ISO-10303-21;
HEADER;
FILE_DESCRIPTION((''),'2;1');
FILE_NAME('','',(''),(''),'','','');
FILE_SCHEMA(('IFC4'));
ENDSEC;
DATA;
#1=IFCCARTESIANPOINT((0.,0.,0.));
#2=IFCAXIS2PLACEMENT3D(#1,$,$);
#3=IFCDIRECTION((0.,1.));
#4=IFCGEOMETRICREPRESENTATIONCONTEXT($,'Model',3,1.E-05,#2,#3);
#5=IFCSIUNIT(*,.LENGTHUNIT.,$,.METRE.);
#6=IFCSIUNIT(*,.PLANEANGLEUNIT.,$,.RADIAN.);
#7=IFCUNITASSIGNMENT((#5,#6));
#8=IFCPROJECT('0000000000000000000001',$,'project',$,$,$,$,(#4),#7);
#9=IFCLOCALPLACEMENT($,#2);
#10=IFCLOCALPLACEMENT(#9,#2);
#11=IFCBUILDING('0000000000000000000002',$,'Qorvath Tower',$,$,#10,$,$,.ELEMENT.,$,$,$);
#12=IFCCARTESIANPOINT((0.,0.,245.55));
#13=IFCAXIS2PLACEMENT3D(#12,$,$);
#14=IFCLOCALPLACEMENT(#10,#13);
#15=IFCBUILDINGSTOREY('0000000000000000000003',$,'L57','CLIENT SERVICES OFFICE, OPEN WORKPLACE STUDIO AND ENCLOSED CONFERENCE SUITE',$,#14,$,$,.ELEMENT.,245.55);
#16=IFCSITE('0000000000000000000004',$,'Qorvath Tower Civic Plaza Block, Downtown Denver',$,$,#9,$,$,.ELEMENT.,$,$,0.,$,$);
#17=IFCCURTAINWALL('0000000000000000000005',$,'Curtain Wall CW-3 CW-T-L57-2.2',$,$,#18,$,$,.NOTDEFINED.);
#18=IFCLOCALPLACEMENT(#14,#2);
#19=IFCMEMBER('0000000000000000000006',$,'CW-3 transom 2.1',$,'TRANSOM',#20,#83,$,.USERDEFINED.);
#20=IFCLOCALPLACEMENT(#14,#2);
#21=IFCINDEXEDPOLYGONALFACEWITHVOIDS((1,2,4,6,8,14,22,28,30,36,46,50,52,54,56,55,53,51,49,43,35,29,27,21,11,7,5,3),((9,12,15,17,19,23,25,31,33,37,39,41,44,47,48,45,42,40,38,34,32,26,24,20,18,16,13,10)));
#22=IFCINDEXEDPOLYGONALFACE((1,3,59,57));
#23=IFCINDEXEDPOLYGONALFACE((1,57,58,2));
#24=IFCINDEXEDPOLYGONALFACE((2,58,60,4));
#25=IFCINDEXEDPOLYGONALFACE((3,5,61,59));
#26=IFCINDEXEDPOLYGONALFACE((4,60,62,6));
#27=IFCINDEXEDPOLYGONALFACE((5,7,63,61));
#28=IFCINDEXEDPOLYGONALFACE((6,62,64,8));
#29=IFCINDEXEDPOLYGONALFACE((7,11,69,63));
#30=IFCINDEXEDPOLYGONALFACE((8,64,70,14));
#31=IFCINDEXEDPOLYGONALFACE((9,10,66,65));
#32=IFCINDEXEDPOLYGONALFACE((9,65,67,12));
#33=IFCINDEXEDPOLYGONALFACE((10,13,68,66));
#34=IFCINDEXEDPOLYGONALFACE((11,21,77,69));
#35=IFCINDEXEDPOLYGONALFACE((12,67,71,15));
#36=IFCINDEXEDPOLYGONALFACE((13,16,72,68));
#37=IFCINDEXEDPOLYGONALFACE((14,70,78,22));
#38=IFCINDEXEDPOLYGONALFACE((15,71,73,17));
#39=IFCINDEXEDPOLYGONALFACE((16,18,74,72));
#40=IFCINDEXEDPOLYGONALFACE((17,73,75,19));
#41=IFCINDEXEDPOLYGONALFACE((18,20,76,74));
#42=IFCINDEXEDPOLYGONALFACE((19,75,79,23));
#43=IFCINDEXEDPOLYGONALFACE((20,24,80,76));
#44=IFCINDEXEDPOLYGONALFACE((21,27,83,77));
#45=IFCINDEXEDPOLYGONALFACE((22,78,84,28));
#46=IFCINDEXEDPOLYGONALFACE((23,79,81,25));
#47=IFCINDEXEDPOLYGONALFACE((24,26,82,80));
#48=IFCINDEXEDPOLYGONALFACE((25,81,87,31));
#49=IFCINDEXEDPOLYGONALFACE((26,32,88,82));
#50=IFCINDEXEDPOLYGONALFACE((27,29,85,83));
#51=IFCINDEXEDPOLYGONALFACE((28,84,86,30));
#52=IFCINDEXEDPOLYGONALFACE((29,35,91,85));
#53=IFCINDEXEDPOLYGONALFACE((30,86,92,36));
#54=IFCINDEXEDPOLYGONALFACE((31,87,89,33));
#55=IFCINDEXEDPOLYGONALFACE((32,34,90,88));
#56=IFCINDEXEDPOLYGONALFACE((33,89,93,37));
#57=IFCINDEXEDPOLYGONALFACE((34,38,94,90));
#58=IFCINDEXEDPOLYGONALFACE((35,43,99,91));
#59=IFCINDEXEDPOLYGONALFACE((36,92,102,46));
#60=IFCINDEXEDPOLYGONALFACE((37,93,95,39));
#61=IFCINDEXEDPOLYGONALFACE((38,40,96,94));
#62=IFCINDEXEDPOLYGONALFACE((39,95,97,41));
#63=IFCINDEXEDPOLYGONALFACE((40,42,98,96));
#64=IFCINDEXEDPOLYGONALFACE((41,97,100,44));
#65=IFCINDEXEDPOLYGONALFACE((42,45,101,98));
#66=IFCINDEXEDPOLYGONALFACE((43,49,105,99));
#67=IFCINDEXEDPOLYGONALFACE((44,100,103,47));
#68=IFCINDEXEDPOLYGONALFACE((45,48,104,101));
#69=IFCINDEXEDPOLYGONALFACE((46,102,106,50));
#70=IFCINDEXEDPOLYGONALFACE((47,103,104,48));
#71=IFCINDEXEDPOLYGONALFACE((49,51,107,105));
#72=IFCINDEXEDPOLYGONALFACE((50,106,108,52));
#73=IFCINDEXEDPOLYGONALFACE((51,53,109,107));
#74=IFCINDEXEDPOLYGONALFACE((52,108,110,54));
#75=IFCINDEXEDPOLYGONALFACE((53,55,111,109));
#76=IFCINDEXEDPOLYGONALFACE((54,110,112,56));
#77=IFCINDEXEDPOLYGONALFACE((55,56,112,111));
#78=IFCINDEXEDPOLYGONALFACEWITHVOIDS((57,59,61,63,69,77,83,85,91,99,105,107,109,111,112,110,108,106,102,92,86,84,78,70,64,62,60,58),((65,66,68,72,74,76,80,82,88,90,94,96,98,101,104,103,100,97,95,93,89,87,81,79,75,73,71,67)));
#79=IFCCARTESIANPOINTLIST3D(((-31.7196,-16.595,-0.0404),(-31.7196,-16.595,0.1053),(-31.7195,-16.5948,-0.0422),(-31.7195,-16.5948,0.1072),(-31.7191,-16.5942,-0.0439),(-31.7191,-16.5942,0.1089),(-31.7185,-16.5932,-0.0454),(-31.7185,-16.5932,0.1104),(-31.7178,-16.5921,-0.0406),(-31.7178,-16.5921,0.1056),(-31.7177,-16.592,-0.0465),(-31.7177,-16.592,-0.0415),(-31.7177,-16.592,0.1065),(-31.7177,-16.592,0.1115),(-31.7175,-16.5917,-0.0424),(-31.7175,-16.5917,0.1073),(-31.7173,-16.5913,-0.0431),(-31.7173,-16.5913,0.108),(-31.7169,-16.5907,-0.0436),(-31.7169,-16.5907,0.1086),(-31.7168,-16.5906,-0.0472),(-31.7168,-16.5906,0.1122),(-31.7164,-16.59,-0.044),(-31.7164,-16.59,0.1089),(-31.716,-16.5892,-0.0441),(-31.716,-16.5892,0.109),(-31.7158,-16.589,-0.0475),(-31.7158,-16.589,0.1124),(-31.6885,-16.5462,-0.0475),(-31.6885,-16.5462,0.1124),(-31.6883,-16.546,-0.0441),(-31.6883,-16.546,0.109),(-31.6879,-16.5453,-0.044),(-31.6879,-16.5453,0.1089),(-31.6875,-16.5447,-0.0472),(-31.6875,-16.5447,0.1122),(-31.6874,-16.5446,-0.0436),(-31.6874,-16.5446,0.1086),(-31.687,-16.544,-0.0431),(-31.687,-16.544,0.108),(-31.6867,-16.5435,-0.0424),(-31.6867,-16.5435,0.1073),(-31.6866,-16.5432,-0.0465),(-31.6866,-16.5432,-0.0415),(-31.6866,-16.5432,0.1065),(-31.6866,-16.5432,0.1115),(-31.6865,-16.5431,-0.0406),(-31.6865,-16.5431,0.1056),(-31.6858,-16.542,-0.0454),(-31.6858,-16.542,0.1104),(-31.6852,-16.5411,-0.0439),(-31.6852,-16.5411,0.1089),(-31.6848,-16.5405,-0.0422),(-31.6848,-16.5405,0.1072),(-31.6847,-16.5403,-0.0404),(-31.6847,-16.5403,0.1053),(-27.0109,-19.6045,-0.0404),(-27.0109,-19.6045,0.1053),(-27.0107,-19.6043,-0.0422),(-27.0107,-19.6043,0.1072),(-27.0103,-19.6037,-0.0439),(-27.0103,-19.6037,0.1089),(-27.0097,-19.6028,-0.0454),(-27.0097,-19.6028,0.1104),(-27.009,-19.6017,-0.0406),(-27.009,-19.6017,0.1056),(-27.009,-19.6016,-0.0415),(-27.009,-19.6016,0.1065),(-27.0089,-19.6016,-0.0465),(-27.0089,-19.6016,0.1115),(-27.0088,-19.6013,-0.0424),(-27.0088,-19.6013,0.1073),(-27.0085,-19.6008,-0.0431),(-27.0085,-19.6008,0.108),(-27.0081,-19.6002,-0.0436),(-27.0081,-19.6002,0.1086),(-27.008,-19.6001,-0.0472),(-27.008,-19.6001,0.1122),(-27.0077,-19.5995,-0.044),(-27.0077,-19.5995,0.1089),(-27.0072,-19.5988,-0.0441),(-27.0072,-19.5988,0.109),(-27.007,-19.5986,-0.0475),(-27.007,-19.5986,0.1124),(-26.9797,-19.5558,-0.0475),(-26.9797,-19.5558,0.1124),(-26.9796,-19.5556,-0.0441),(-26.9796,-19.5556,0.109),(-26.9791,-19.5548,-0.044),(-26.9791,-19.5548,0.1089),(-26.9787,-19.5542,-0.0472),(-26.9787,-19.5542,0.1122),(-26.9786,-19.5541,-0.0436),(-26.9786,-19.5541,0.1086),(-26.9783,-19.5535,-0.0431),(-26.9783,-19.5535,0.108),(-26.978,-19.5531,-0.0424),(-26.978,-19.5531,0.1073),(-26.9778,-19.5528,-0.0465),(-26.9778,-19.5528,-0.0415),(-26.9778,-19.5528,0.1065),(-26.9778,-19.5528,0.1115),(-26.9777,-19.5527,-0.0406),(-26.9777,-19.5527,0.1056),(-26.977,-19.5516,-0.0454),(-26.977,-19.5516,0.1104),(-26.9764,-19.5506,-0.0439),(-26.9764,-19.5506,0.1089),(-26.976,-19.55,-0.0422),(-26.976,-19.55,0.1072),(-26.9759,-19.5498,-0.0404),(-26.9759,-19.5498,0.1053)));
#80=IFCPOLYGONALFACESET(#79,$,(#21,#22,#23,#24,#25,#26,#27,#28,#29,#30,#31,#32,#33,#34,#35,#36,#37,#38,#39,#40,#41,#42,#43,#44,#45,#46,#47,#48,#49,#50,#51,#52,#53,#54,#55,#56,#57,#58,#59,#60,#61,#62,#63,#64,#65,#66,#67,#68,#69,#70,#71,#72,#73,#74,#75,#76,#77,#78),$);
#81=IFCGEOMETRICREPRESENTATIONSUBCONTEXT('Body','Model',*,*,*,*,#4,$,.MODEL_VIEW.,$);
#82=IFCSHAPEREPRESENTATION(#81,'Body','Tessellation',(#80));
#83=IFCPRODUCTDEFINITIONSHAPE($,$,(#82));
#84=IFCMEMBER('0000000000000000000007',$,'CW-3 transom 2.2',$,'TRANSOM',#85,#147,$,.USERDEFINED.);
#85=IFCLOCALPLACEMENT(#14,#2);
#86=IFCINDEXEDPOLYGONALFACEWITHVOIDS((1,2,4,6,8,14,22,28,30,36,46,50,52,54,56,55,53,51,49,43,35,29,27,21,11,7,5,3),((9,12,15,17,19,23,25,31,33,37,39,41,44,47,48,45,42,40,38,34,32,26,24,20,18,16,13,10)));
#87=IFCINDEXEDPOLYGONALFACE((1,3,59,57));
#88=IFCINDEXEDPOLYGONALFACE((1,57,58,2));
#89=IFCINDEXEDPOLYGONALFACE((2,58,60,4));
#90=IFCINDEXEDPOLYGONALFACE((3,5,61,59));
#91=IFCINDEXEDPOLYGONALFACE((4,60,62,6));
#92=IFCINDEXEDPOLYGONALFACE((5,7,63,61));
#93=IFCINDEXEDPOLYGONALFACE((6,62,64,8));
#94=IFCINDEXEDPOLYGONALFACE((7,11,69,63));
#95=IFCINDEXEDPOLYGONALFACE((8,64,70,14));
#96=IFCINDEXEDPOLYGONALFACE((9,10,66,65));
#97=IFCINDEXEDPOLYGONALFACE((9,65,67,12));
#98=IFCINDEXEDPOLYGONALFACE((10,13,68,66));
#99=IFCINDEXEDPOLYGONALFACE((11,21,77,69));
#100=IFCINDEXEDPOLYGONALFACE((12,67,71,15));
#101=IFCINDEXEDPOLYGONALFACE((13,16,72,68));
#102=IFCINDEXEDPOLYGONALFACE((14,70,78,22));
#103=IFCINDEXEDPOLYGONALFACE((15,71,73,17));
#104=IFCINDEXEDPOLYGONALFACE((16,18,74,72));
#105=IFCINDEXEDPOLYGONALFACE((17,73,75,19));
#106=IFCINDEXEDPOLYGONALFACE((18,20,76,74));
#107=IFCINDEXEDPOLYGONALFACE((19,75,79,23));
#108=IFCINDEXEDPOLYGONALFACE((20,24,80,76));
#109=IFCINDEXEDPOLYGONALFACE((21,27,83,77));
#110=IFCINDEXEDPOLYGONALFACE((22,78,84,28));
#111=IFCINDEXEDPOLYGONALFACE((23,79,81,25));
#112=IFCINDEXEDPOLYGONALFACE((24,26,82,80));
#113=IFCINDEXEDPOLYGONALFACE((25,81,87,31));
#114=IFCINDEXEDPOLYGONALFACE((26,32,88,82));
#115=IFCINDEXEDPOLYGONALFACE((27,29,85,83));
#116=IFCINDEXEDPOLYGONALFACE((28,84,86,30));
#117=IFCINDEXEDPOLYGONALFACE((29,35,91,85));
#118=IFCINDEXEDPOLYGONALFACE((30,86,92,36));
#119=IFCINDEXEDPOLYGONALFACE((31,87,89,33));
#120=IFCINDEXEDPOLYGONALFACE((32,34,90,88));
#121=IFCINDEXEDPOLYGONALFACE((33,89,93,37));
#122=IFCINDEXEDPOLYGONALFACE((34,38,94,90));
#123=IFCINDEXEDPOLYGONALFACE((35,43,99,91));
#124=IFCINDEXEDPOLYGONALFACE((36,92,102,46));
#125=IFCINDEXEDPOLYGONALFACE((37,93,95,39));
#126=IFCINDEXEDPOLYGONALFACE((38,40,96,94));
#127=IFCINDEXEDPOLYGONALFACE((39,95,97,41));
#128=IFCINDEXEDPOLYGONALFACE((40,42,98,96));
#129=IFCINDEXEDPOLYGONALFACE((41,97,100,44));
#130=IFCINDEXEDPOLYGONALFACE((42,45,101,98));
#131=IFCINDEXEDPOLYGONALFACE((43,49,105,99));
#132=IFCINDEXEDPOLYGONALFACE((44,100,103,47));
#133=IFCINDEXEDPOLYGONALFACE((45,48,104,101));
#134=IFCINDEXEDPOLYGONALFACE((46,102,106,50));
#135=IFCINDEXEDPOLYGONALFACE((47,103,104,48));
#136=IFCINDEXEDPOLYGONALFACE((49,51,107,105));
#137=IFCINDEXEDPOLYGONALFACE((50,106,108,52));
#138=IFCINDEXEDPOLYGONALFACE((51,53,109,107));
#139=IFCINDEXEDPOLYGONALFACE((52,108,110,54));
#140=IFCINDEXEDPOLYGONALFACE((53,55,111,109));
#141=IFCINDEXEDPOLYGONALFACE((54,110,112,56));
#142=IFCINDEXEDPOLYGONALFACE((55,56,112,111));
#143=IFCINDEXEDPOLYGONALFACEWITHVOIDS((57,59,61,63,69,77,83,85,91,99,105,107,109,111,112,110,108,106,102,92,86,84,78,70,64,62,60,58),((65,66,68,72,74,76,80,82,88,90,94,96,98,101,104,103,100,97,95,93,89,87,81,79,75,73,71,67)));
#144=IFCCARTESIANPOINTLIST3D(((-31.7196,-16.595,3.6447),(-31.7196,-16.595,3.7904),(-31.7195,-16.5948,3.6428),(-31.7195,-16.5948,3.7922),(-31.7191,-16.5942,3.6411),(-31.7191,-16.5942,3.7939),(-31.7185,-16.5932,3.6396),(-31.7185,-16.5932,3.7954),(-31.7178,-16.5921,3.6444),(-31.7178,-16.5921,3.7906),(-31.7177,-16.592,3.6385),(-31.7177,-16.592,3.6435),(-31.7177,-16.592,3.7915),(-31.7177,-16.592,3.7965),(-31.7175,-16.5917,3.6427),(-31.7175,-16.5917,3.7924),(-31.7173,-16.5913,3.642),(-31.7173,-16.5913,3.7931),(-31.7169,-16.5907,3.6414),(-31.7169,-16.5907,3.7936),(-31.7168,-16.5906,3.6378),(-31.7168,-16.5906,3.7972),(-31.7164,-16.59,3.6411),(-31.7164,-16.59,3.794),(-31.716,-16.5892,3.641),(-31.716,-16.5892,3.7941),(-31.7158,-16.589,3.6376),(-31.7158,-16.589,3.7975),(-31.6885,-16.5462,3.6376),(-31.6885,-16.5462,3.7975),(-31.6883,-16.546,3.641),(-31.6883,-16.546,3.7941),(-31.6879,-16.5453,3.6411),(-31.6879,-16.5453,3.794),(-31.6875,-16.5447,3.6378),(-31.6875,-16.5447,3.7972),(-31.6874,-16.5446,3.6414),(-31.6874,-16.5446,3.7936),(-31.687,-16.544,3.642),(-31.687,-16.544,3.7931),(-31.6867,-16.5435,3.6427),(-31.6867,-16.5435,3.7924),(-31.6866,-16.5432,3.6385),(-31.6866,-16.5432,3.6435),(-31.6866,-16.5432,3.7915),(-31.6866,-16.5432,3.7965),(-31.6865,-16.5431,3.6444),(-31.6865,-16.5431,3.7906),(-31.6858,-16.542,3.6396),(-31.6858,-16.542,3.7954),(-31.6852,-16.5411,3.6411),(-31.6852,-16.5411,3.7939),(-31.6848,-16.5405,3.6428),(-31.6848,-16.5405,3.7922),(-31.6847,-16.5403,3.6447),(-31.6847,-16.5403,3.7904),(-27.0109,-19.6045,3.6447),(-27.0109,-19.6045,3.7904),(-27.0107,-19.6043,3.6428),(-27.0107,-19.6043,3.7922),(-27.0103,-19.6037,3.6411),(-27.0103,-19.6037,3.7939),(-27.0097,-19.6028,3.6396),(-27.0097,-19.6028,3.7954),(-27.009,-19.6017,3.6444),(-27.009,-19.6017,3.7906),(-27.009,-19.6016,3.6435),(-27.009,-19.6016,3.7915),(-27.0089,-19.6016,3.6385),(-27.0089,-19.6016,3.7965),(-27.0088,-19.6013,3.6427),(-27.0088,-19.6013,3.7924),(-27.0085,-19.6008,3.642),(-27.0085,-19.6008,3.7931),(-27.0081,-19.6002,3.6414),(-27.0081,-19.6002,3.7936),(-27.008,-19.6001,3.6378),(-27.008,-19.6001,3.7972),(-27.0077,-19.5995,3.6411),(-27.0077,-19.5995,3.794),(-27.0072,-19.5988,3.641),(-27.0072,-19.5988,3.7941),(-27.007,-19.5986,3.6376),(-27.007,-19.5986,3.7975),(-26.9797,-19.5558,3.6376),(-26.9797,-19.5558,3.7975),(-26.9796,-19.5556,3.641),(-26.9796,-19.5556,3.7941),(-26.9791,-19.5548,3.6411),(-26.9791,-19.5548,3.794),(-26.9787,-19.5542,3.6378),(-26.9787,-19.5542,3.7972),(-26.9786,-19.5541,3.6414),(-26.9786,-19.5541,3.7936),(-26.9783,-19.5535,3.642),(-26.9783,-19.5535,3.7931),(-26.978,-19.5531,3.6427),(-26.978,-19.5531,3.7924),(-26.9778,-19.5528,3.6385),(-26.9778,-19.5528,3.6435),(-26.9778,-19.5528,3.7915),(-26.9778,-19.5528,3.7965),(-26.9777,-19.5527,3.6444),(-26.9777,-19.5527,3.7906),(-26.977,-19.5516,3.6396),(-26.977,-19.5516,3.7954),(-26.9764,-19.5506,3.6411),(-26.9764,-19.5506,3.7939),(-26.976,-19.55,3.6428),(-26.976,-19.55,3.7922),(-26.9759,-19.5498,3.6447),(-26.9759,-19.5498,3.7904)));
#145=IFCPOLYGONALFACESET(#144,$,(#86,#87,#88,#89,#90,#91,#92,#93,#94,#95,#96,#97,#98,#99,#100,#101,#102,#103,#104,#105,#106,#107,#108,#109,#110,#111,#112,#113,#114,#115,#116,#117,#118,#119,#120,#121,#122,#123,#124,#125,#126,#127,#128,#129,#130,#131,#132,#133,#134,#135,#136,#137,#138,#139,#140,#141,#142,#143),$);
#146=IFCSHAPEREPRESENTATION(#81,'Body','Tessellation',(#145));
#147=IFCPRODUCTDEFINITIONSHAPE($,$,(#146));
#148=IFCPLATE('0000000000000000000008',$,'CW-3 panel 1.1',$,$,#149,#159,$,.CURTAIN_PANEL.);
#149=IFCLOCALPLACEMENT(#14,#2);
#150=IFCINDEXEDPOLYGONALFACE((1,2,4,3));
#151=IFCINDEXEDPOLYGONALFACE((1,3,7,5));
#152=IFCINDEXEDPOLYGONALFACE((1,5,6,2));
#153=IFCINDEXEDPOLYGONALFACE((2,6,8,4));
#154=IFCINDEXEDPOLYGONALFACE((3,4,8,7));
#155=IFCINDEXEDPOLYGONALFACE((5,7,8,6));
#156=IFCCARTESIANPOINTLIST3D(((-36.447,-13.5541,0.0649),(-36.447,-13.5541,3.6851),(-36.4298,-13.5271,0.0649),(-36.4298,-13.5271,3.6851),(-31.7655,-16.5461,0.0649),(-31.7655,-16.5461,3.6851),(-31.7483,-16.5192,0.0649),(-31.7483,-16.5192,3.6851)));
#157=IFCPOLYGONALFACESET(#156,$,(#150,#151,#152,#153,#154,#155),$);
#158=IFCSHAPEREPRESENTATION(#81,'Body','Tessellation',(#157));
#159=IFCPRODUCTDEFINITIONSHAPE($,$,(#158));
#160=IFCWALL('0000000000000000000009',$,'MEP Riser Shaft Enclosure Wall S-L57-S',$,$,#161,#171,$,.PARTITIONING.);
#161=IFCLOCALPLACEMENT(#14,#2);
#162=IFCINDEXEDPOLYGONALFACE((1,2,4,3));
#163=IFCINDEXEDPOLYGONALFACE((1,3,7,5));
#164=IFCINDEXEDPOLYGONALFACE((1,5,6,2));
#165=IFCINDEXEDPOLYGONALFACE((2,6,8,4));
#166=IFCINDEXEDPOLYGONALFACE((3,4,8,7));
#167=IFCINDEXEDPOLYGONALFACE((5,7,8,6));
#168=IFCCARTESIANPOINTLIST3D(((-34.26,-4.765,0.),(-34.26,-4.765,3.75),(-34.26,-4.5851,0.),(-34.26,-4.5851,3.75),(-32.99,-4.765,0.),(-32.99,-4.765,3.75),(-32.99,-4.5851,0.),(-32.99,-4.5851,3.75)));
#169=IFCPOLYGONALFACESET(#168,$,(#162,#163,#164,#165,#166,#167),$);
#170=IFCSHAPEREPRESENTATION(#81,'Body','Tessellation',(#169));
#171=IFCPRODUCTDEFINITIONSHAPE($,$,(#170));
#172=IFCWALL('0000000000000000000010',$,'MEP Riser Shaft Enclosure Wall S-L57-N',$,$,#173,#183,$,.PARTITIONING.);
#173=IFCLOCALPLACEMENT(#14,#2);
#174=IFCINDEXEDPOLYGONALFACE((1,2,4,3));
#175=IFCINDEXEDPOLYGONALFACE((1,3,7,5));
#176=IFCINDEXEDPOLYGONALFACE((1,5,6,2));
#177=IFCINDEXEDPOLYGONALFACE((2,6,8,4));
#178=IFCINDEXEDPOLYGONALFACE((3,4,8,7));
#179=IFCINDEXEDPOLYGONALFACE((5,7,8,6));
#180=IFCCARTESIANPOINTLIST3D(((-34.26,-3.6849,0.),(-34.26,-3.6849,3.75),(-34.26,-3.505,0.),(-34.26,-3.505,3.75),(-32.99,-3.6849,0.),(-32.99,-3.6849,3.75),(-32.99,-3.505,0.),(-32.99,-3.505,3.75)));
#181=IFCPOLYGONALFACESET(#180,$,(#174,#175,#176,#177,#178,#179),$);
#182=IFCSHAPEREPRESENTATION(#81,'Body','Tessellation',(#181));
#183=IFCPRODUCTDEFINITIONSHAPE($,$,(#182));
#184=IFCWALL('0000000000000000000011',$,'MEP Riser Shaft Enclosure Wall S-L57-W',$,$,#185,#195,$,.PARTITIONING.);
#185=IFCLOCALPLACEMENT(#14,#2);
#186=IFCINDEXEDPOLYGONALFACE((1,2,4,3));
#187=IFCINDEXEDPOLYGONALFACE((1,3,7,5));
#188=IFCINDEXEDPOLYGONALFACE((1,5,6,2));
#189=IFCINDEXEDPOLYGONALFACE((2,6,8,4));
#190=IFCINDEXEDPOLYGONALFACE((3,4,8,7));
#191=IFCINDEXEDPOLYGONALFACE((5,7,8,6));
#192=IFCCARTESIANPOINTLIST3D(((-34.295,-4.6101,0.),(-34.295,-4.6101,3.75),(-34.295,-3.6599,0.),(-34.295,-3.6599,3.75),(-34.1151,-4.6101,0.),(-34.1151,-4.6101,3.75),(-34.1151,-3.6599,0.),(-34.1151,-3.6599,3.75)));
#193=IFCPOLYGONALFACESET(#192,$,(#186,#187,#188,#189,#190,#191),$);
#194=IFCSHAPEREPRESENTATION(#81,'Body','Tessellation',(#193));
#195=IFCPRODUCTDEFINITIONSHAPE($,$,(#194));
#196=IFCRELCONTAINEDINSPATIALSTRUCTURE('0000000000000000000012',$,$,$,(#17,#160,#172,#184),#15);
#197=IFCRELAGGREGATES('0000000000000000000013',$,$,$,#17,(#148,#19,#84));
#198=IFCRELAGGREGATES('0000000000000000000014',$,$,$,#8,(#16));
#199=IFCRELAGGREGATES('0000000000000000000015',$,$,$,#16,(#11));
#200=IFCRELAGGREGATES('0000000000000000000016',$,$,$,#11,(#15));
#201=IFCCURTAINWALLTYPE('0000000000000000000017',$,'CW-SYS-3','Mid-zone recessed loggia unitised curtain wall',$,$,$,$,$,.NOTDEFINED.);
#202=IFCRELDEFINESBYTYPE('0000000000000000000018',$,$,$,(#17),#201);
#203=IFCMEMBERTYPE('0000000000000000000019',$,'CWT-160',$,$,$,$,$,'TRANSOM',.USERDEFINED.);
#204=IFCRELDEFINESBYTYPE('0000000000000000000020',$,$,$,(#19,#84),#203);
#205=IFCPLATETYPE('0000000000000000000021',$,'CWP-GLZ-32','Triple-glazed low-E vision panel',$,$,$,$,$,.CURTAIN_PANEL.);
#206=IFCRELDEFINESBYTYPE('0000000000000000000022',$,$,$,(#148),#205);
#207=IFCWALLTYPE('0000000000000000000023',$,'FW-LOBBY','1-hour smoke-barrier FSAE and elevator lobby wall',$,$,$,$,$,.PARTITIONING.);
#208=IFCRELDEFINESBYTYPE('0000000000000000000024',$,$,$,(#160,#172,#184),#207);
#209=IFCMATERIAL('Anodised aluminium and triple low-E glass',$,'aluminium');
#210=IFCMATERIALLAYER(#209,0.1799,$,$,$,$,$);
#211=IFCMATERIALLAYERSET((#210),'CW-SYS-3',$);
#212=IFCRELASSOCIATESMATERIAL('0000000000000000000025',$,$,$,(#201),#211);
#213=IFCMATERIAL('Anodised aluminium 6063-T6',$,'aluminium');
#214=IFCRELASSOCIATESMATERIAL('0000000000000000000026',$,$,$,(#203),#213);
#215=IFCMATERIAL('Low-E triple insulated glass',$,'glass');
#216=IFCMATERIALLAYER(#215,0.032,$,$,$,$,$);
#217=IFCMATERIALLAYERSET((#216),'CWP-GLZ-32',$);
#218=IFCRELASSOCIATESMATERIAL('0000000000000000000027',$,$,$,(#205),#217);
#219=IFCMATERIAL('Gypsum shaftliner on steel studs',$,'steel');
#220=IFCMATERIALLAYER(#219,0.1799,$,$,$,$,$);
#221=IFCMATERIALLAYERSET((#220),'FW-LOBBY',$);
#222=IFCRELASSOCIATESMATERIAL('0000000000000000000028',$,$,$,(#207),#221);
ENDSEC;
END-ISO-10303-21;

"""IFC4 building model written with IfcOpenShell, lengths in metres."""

from ifc_helpers import new_model, si_unit, direction, frame, frame_2d, origin, origin_2d, place, context, subcontext, project, spatial, rectangle, hollow_rectangle, extrude, material, layer, layer_set, material_profile, profile_set, type_object, element, aggregate, save


model = new_model("IFC4")

# Units and contexts
model_context = context("Model", 3, precision=1e-05, world=origin(), true_north=direction((0.0, 1.0)))
body_context = subcontext(model_context, "Body", "Model", "MODEL_VIEW")
ifc_project = project(units=[si_unit("LENGTHUNIT", "METRE"), si_unit("PLANEANGLEUNIT", "RADIAN")], contexts=[model_context])

# Site, building, storey
site_placement = place(None, origin())
site = spatial("IfcSite", under=ifc_project, at=site_placement, Name="Qorvath Tower Civic Plaza Block, Downtown Denver", CompositionType="ELEMENT", RefElevation=0.0)
building_placement = place(site_placement, origin())
building = spatial("IfcBuilding", under=site, at=building_placement, Name="Qorvath Tower", CompositionType="ELEMENT")
storey_placement = place(building_placement, frame((0.0, 0.0, 245.55)))
storey = spatial("IfcBuildingStorey", under=building, at=storey_placement, Name="L57", Description="CLIENT SERVICES OFFICE, OPEN WORKPLACE STUDIO AND ENCLOSED CONFERENCE SUITE", CompositionType="ELEMENT", Elevation=245.55)

# Curtain wall, members, plate
ifc_material_1 = material(Name="Anodised aluminium and triple low-E glass", Category="aluminium")
ifc_layer_1 = layer(ifc_material_1, 0.1799)
ifc_layer_set_1 = layer_set([ifc_layer_1], Name="CW-SYS-3")
curtain_wall_type = type_object("IfcCurtainWallType", Name="CW-SYS-3", Description="Mid-zone recessed loggia unitised curtain wall", PredefinedType="NOTDEFINED", material=ifc_layer_set_1)
curtain_wall_placement = place(storey_placement, origin())
curtain_wall = element("IfcCurtainWall", 1, at=curtain_wall_placement, inside=storey, type_object=curtain_wall_type, Name="Curtain Wall CW-3 CW-T-L57-2.2", PredefinedType="NOTDEFINED")
ifc_material_2 = material(Name="Anodised aluminium 6063-T6", Category="aluminium")
ifc_material_profile_1 = material_profile(ifc_material_2, hollow_rectangle(XDim=0.0649, YDim=0.1599, WallThickness=0.0034, InnerFilletRadius=0.0034, OuterFilletRadius=0.0071, at=origin_2d()), Name="CWT 160x65")
ifc_profile_set_1 = profile_set([ifc_material_profile_1], Name="Anodised aluminium 6063-T6")
member_type_1 = type_object("IfcMemberType", Name="CWT-160", ElementType="TRANSOM", PredefinedType="USERDEFINED", material=ifc_profile_set_1)
member_1_placement = place(storey_placement, frame((-31.7021, -16.5676, 0.0325), z_axis=(0.842602, -0.538537, 0.0), x_axis=(0.538537, 0.842602, 0.0)))
member_1 = element("IfcMember", 2, at=member_1_placement, type_object=member_type_1, Name="CW-3 transom 2.1", ObjectType="TRANSOM", PredefinedType="USERDEFINED", context=body_context, shape_type="SweptSolid", body=[
    extrude(hollow_rectangle(XDim=0.0649, YDim=0.1599, WallThickness=0.0034, InnerFilletRadius=0.0034, OuterFilletRadius=0.0071, at=origin_2d()), origin(), (0.0, 0.0, 1.0), 5.5884),
])
member_2_placement = place(storey_placement, frame((-31.7021, -16.5676, 3.7175), z_axis=(0.842602, -0.538537, 0.0), x_axis=(0.538537, 0.842602, 0.0)))
member_2 = element("IfcMember", 3, at=member_2_placement, type_object=member_type_1, Name="CW-3 transom 2.2", ObjectType="TRANSOM", PredefinedType="USERDEFINED", context=body_context, shape_type="SweptSolid", body=[
    extrude(hollow_rectangle(XDim=0.0649, YDim=0.1599, WallThickness=0.0034, InnerFilletRadius=0.0034, OuterFilletRadius=0.0071, at=origin_2d()), origin(), (0.0, 0.0, 1.0), 5.5884),
])
ifc_material_3 = material(Name="Low-E triple insulated glass", Category="glass")
ifc_layer_2 = layer(ifc_material_3, 0.032)
ifc_layer_set_2 = layer_set([ifc_layer_2], Name="CWP-GLZ-32")
plate_type = type_object("IfcPlateType", Name="CWP-GLZ-32", Description="Triple-glazed low-E vision panel", PredefinedType="CURTAIN_PANEL", material=ifc_layer_set_2)
plate_placement = place(storey_placement, frame((-34.0977, -15.0366, 0.0649), z_axis=(0.0, 0.0, 1.0), x_axis=(0.842606, -0.53853, 0.0)))
plate = element("IfcPlate", 4, at=plate_placement, type_object=plate_type, Name="CW-3 panel 1.1", PredefinedType="CURTAIN_PANEL", context=body_context, shape_type="SweptSolid", body=[
    extrude(rectangle(XDim=5.5559, YDim=0.032, at=origin_2d()), origin(), (0.0, 0.0, 1.0), 3.6201),
])
aggregate(curtain_wall, [plate, member_1, member_2])

# Walls
ifc_material_4 = material(Name="Gypsum shaftliner on steel studs", Category="steel")
ifc_layer_3 = layer(ifc_material_4, 0.1799)
ifc_layer_set_3 = layer_set([ifc_layer_3], Name="FW-LOBBY")
wall_type_1 = type_object("IfcWallType", Name="FW-LOBBY", Description="1-hour smoke-barrier FSAE and elevator lobby wall", PredefinedType="PARTITIONING", material=ifc_layer_set_3)
for number, where, z_axis, x_axis, name in (
    (5, (-32.99, -4.675, 0.0), (0.0, 0.0, 1.0), (-1.0, 0.0, 0.0), "MEP Riser Shaft Enclosure Wall S-L57-S"),
    (6, (-34.26, -3.595, 0.0), (0.0, 0.0, 1.0), (1.0, 0.0, 0.0), "MEP Riser Shaft Enclosure Wall S-L57-N"),
):
    element("IfcWall", number, at=place(storey_placement, frame(where, z_axis=z_axis, x_axis=x_axis)), inside=storey, type_object=wall_type_1, Name=name, PredefinedType="PARTITIONING", context=body_context, shape_type="SweptSolid", body=[
        extrude(rectangle(XDim=1.27, YDim=0.1799, at=frame_2d((0.635, 0.0))), origin(), (0.0, 0.0, 1.0), 3.75),
    ])
for number, where, z_axis, x_axis, name in (
    (7, (-34.2051, -4.6101, 0.0), (0.0, 0.0, 1.0), (0.0, 1.0, 0.0), "MEP Riser Shaft Enclosure Wall S-L57-W"),
):
    element("IfcWall", number, at=place(storey_placement, frame(where, z_axis=z_axis, x_axis=x_axis)), inside=storey, type_object=wall_type_1, Name=name, PredefinedType="PARTITIONING", context=body_context, shape_type="SweptSolid", body=[
        extrude(rectangle(XDim=0.9502, YDim=0.1799, at=frame_2d((0.4751, 0.0))), origin(), (0.0, 0.0, 1.0), 3.75),
    ])

save(model, "model.ifc")
